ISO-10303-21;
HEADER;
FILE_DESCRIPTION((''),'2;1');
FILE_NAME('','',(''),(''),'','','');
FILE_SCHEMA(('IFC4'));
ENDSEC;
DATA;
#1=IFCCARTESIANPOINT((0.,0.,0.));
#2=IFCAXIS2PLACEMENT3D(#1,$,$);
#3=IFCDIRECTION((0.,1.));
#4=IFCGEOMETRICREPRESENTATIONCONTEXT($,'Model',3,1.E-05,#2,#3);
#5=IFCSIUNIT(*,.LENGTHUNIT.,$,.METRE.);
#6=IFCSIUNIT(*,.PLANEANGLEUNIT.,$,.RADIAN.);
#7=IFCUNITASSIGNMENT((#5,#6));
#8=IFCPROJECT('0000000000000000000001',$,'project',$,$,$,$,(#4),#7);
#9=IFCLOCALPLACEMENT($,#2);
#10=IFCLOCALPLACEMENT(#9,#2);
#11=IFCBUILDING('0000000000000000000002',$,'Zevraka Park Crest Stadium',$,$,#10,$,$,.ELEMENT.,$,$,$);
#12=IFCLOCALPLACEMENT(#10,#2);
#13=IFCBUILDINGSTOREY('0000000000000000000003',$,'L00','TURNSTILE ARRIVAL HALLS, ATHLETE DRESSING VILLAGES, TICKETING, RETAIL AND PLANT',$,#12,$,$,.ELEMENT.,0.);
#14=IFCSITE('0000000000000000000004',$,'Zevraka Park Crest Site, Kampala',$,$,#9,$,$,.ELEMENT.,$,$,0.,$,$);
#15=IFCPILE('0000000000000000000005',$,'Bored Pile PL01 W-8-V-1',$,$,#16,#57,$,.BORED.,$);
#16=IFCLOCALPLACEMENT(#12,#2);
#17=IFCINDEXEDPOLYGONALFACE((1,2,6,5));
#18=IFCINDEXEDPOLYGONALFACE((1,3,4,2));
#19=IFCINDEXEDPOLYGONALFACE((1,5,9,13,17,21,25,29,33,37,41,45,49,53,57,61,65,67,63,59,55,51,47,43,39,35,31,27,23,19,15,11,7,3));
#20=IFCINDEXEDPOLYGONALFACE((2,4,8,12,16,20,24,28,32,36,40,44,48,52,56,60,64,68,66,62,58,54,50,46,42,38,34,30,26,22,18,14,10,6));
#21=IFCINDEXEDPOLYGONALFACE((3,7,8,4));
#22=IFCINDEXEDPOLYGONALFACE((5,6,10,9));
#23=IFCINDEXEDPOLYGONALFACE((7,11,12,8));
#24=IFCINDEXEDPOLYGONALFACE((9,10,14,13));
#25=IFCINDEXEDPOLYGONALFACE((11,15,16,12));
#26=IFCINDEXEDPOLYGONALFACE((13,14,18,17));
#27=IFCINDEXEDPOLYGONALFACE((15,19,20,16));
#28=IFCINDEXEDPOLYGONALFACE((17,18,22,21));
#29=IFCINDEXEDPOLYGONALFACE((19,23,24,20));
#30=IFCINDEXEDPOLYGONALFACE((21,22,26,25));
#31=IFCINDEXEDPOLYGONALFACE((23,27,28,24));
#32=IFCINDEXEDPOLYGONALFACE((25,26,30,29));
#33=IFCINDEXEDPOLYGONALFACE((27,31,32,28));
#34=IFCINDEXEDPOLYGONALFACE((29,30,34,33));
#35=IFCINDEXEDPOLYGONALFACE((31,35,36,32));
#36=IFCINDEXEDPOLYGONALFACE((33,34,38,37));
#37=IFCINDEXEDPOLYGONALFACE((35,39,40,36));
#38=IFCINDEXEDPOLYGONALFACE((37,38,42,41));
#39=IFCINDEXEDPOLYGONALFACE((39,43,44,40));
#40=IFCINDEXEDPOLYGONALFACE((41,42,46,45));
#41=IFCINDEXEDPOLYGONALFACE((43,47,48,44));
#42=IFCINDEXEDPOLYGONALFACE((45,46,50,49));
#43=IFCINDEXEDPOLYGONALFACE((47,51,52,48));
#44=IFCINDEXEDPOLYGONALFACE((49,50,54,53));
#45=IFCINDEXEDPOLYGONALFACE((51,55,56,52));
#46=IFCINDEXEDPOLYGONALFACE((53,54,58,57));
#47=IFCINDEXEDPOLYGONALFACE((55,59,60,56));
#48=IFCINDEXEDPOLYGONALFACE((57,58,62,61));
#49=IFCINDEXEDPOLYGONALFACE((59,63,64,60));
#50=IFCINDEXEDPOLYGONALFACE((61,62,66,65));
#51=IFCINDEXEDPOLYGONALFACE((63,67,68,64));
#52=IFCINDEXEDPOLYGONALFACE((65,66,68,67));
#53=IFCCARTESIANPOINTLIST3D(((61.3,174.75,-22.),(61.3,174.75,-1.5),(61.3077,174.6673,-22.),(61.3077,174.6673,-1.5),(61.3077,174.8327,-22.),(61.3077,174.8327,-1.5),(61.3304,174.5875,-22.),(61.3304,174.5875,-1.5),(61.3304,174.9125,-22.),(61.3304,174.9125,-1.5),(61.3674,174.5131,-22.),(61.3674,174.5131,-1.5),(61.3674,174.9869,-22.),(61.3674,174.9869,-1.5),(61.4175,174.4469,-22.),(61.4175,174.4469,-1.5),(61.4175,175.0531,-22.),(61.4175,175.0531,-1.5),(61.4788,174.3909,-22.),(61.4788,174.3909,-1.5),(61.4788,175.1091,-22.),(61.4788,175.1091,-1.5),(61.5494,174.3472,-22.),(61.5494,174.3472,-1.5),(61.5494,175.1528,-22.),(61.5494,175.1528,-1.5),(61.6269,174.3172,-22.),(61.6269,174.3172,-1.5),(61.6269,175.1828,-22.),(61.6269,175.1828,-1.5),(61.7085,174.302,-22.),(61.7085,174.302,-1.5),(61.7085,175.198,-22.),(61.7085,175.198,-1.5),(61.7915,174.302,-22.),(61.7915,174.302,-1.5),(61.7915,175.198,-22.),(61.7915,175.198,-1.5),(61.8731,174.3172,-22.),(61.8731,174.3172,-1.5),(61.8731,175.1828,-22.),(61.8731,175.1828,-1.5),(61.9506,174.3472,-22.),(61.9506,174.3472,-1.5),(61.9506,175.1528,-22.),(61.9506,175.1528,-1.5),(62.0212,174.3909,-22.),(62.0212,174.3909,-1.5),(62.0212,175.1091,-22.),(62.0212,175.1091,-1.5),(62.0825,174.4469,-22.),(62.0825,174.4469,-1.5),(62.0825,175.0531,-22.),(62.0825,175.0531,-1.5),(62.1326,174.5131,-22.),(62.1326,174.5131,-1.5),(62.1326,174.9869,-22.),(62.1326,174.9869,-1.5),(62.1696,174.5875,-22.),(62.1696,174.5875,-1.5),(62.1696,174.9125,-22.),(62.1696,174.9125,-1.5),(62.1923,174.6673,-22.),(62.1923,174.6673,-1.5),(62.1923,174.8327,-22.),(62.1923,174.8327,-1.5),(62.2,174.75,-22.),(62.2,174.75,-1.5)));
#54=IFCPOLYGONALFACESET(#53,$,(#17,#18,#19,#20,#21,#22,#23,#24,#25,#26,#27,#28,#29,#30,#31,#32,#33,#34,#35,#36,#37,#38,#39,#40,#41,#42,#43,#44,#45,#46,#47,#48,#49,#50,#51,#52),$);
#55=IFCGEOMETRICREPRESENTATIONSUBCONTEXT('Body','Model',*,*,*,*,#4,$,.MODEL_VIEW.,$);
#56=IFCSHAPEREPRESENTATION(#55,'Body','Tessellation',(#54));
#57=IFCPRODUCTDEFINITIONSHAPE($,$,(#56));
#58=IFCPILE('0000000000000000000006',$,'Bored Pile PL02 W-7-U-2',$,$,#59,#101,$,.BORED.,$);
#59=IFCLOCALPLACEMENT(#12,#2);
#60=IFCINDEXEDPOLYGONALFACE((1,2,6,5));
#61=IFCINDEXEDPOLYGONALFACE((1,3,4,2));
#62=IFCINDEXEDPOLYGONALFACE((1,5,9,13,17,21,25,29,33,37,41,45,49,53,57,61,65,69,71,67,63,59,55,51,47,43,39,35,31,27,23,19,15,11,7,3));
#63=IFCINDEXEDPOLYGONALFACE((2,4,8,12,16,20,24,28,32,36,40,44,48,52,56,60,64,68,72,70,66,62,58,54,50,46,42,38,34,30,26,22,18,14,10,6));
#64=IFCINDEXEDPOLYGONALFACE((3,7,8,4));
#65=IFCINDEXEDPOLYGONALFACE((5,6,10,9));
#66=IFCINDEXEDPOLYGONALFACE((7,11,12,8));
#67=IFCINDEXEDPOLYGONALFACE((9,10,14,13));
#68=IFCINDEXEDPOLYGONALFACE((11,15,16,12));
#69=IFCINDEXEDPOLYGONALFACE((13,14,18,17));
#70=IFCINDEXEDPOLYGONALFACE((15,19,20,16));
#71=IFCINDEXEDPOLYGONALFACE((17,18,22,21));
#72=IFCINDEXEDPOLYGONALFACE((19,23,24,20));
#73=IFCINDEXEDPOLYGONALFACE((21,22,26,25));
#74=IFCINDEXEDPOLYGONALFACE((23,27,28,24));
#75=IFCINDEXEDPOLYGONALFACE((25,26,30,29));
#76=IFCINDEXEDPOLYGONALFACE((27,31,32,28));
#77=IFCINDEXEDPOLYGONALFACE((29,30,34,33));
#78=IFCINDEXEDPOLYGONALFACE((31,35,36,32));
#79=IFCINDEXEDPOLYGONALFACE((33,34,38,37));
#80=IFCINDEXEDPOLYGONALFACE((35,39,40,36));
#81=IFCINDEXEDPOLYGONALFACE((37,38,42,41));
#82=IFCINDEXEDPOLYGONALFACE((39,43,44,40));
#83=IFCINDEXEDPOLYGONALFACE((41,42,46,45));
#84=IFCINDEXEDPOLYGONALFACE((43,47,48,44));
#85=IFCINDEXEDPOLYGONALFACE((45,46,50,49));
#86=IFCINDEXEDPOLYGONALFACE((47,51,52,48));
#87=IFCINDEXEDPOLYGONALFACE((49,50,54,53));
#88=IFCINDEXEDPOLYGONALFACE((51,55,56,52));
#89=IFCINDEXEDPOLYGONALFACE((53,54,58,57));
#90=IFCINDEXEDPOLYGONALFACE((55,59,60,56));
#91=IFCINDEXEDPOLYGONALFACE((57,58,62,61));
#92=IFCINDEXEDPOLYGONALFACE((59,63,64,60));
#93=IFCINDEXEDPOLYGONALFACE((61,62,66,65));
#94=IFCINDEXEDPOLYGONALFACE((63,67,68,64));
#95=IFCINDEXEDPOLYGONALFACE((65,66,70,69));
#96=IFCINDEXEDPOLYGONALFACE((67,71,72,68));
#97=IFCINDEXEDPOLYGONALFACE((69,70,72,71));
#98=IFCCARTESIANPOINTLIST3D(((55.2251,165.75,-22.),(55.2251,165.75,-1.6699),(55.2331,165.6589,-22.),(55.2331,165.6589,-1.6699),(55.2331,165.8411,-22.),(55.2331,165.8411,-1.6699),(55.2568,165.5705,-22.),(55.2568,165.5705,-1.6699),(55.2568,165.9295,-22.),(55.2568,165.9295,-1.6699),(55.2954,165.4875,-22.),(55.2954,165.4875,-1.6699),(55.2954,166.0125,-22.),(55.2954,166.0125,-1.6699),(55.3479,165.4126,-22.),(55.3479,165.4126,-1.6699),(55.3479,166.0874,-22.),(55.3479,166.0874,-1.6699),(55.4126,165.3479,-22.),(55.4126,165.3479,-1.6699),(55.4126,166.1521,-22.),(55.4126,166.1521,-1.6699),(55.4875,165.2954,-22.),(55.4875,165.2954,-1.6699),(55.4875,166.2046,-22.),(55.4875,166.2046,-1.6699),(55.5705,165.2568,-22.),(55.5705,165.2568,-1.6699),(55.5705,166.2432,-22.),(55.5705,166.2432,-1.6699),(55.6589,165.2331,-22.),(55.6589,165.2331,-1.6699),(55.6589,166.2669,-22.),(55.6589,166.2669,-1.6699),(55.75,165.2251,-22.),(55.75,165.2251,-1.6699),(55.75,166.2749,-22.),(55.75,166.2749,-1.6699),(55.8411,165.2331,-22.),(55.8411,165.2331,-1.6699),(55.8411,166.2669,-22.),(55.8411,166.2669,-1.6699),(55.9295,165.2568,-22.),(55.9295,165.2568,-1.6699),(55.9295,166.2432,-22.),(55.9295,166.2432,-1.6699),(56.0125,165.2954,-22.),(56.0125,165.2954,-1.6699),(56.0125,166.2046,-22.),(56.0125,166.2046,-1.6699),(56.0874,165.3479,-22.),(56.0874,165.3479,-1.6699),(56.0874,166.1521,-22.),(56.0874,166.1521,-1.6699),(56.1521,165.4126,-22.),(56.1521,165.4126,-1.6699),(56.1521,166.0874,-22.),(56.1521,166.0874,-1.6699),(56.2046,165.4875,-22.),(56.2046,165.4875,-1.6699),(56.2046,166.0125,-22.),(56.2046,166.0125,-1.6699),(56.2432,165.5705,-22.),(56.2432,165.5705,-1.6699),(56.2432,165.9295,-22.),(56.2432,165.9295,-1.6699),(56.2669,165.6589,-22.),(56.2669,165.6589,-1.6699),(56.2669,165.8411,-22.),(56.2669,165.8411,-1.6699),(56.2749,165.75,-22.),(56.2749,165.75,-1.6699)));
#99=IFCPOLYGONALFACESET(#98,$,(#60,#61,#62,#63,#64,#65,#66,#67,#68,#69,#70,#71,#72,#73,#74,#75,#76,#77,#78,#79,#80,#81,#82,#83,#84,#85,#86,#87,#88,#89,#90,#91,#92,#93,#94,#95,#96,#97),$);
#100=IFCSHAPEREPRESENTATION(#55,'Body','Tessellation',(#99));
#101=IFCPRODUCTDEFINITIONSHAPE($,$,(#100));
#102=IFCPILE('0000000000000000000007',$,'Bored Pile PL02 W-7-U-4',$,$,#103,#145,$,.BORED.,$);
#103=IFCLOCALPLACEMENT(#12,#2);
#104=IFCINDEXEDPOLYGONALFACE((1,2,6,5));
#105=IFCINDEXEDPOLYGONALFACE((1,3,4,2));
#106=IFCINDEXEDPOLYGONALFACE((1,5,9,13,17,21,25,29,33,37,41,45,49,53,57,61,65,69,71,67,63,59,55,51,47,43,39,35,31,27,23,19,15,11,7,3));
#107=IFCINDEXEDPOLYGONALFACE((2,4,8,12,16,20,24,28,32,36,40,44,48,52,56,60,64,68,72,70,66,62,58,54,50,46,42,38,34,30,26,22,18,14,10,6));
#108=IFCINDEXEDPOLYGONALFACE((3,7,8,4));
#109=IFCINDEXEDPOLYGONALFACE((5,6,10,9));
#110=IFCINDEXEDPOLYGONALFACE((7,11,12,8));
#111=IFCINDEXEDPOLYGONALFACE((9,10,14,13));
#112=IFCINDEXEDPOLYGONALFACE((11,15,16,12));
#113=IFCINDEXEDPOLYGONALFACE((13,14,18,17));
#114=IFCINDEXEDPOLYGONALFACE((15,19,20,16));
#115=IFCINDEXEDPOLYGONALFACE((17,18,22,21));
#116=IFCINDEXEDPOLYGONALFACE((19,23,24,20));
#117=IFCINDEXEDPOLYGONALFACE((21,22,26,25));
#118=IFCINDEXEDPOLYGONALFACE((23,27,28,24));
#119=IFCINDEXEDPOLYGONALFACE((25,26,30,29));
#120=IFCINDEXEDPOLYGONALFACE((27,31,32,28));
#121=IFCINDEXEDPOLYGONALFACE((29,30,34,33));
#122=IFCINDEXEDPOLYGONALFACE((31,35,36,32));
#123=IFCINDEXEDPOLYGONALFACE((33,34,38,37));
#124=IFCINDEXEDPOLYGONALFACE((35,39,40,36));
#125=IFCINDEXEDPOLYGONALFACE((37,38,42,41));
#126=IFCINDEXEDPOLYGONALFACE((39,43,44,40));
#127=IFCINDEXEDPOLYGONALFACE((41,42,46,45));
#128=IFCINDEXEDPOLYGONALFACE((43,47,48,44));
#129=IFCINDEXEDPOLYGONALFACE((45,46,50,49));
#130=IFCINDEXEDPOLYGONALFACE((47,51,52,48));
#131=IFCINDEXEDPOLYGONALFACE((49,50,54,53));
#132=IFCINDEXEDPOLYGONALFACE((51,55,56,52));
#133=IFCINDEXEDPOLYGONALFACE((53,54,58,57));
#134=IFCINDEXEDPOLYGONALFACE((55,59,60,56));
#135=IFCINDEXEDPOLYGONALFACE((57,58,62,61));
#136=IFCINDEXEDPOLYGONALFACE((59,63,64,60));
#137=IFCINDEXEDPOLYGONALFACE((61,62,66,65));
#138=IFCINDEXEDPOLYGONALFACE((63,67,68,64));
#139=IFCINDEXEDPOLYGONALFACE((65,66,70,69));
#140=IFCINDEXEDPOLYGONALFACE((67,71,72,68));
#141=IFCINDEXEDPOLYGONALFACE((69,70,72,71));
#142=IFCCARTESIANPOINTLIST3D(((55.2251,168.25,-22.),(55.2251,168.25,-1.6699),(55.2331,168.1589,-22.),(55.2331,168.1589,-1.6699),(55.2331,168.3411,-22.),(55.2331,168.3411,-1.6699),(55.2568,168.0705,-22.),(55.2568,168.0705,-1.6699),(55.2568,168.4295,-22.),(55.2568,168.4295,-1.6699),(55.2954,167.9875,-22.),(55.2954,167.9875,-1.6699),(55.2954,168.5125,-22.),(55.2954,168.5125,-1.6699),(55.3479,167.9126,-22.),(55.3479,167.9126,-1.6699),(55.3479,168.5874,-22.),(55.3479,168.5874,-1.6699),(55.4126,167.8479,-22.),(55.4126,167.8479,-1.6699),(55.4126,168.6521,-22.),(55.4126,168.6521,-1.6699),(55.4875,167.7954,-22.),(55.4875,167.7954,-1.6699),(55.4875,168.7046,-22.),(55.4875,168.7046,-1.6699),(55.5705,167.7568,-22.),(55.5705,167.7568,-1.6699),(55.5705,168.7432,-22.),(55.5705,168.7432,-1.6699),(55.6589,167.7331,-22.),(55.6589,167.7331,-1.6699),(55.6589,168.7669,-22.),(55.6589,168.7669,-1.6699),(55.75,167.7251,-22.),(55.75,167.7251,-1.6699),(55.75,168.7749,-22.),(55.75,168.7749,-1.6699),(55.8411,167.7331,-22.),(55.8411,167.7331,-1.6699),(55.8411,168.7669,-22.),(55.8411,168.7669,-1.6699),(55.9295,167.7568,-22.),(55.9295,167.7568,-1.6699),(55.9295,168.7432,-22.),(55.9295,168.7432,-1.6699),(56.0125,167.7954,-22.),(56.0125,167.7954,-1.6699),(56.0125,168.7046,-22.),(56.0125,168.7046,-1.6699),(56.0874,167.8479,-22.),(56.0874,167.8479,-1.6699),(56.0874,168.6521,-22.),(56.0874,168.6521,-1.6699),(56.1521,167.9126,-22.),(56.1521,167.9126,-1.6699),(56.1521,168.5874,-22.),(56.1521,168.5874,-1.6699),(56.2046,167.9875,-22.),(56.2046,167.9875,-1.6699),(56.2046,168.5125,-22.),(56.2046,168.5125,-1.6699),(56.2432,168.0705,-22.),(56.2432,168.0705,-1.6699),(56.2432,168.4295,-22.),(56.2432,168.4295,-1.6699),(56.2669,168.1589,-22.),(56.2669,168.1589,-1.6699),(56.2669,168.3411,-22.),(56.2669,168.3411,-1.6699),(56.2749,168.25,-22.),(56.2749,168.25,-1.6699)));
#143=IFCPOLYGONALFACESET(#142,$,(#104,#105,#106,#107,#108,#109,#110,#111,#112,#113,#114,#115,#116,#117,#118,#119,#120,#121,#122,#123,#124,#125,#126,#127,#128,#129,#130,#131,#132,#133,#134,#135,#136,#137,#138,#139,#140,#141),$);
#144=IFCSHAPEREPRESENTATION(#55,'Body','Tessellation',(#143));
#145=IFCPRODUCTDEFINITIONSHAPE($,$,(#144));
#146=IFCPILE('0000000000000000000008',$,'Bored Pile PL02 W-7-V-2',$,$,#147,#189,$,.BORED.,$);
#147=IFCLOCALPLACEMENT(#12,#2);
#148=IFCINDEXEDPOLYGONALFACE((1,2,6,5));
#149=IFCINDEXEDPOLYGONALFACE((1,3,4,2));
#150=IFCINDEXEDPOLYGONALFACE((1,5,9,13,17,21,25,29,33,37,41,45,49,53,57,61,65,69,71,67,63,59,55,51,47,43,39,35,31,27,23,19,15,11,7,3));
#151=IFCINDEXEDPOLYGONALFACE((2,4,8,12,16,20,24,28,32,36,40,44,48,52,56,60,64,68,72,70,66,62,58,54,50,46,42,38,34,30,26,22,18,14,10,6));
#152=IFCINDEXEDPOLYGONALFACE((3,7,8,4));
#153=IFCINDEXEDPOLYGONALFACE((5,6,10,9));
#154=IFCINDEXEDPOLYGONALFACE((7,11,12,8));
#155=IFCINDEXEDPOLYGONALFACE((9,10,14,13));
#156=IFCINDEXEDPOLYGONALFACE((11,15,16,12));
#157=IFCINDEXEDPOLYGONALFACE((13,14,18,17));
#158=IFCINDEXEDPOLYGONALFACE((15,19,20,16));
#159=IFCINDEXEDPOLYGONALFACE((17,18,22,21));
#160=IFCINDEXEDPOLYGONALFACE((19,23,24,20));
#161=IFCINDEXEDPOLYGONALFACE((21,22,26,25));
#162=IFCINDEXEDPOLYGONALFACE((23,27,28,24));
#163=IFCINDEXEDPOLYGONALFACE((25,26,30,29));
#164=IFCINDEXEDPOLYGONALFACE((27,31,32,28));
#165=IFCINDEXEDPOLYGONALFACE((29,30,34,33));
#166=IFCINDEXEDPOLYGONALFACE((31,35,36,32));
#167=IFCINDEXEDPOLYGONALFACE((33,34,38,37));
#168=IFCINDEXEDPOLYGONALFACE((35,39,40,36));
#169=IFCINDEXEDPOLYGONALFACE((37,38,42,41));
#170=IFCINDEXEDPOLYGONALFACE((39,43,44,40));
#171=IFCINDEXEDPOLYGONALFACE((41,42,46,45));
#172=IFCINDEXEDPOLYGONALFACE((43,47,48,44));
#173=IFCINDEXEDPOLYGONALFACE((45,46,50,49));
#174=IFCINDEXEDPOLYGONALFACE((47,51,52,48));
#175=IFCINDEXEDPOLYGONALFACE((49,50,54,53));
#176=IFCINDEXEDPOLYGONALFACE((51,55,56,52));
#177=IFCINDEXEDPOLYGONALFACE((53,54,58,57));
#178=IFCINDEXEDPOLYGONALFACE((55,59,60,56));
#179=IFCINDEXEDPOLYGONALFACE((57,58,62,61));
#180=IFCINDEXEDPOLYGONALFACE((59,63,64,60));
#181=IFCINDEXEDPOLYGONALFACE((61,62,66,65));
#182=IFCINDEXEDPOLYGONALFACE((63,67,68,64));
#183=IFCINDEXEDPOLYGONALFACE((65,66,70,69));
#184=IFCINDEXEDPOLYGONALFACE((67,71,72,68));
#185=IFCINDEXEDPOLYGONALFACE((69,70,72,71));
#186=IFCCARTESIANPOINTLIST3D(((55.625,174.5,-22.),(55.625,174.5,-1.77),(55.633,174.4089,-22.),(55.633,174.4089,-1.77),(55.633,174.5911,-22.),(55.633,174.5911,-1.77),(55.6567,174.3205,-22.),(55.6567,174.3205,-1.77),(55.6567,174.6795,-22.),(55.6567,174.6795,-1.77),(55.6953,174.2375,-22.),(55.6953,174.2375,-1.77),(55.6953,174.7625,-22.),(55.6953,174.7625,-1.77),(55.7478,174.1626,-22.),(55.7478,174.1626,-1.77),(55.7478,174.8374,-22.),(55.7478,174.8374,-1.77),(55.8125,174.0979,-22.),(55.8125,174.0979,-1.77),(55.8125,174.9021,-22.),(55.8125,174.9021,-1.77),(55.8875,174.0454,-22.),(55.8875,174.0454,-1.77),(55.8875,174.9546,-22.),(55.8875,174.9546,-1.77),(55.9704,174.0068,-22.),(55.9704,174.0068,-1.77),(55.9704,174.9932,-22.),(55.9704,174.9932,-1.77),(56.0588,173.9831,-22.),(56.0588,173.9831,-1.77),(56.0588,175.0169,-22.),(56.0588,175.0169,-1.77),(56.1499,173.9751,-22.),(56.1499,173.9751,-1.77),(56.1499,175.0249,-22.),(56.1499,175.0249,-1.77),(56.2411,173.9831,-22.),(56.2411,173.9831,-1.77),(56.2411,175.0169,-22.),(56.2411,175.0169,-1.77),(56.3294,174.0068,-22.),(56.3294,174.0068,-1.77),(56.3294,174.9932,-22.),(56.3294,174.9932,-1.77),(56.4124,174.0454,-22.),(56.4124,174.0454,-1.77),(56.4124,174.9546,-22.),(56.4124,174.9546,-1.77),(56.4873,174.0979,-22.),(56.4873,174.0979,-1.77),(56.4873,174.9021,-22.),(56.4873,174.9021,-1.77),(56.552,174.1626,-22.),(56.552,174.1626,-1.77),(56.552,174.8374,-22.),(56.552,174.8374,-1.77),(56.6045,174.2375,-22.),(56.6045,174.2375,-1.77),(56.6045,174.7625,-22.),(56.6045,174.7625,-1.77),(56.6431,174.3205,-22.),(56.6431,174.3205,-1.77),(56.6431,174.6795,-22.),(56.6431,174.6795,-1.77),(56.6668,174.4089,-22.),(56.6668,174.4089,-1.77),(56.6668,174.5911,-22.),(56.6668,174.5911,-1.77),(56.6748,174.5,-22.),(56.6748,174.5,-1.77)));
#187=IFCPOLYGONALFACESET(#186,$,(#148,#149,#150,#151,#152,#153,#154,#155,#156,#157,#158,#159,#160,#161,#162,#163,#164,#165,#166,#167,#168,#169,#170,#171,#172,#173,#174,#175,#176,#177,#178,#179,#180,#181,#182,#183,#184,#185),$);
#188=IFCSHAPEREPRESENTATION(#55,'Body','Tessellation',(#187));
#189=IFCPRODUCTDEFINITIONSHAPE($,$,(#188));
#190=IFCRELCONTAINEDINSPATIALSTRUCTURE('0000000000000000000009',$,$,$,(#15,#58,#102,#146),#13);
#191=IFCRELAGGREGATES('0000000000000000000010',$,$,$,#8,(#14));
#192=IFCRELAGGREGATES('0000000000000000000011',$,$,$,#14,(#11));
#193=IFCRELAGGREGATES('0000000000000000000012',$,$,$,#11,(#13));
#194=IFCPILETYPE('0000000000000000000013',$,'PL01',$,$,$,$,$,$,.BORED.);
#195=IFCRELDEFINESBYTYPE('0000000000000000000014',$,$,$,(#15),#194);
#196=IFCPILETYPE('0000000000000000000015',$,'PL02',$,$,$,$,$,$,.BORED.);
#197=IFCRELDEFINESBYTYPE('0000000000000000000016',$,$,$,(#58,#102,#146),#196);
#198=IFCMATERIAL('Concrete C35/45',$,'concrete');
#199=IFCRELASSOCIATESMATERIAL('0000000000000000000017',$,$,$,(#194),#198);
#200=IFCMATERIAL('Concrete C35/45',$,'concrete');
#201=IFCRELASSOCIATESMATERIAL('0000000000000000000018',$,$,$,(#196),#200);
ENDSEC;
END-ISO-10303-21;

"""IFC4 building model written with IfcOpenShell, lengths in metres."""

from ifc_helpers import new_model, si_unit, direction, frame, origin, origin_2d, place, context, subcontext, project, spatial, circle, extrude, material, material_profile, profile_set, type_object, element, save


model = new_model("IFC4")

# Units and contexts
model_context = context("Model", 3, precision=1e-05, world=origin(), true_north=direction((0.0, 1.0)))
body_context = subcontext(model_context, "Body", "Model", "MODEL_VIEW")
ifc_project = project(units=[si_unit("LENGTHUNIT", "METRE"), si_unit("PLANEANGLEUNIT", "RADIAN")], contexts=[model_context])

# Site, building, storey
site_placement = place(None, origin())
site = spatial("IfcSite", under=ifc_project, at=site_placement, Name="Zevraka Park Crest Site, Kampala", CompositionType="ELEMENT", RefElevation=0.0)
building_placement = place(site_placement, origin())
building = spatial("IfcBuilding", under=site, at=building_placement, Name="Zevraka Park Crest Stadium", CompositionType="ELEMENT")
storey_placement = place(building_placement, origin())
storey = spatial("IfcBuildingStorey", under=building, at=storey_placement, Name="L00", Description="TURNSTILE ARRIVAL HALLS, ATHLETE DRESSING VILLAGES, TICKETING, RETAIL AND PLANT", CompositionType="ELEMENT", Elevation=0.0)

# Piles
ifc_material_1 = material(Name="Concrete C35/45", Category="concrete")
ifc_material_profile_1 = material_profile(ifc_material_1, circle(Radius=0.45, at=origin_2d()), Name="PILE D900")
ifc_profile_set_1 = profile_set([ifc_material_profile_1], Name="Concrete C35/45")
pile_type_1 = type_object("IfcPileType", Name="PL01", PredefinedType="BORED", material=ifc_profile_set_1)
pile_1_placement = place(storey_placement, frame((61.75, 174.75, -1.5), z_axis=(0.0, 0.0, -1.0), x_axis=(1.0, 0.0, 0.0)))
element("IfcPile", 1, at=pile_1_placement, inside=storey, type_object=pile_type_1, Name="Bored Pile PL01 W-8-V-1", PredefinedType="BORED", context=body_context, shape_type="SweptSolid", body=[
    extrude(circle(Radius=0.45, at=origin_2d()), origin(), (0.0, 0.0, 1.0), 20.5),
])
ifc_material_2 = material(Name="Concrete C35/45", Category="concrete")
ifc_material_profile_2 = material_profile(ifc_material_2, circle(Radius=0.5249, at=origin_2d()), Name="PILE D1050")
ifc_profile_set_2 = profile_set([ifc_material_profile_2], Name="Concrete C35/45")
pile_type_2 = type_object("IfcPileType", Name="PL02", PredefinedType="BORED", material=ifc_profile_set_2)
for number, where, z_axis, x_axis, name in (
    (2, (55.75, 165.75, -1.6699), (0.0, 0.0, -1.0), (1.0, 0.0, 0.0), "Bored Pile PL02 W-7-U-2"),
    (3, (55.75, 168.25, -1.6699), (0.0, 0.0, -1.0), (1.0, 0.0, 0.0), "Bored Pile PL02 W-7-U-4"),
):
    element("IfcPile", number, at=place(storey_placement, frame(where, z_axis=z_axis, x_axis=x_axis)), inside=storey, type_object=pile_type_2, Name=name, PredefinedType="BORED", context=body_context, shape_type="SweptSolid", body=[
        extrude(circle(Radius=0.5249, at=origin_2d()), origin(), (0.0, 0.0, 1.0), 20.3301),
    ])
for number, where, z_axis, x_axis, name in (
    (4, (56.1499, 174.5, -1.77), (0.0, 0.0, -1.0), (1.0, 0.0, 0.0), "Bored Pile PL02 W-7-V-2"),
):
    element("IfcPile", number, at=place(storey_placement, frame(where, z_axis=z_axis, x_axis=x_axis)), inside=storey, type_object=pile_type_2, Name=name, PredefinedType="BORED", context=body_context, shape_type="SweptSolid", body=[
        extrude(circle(Radius=0.5249, at=origin_2d()), origin(), (0.0, 0.0, 1.0), 20.23),
    ])

save(model, "model.ifc")
